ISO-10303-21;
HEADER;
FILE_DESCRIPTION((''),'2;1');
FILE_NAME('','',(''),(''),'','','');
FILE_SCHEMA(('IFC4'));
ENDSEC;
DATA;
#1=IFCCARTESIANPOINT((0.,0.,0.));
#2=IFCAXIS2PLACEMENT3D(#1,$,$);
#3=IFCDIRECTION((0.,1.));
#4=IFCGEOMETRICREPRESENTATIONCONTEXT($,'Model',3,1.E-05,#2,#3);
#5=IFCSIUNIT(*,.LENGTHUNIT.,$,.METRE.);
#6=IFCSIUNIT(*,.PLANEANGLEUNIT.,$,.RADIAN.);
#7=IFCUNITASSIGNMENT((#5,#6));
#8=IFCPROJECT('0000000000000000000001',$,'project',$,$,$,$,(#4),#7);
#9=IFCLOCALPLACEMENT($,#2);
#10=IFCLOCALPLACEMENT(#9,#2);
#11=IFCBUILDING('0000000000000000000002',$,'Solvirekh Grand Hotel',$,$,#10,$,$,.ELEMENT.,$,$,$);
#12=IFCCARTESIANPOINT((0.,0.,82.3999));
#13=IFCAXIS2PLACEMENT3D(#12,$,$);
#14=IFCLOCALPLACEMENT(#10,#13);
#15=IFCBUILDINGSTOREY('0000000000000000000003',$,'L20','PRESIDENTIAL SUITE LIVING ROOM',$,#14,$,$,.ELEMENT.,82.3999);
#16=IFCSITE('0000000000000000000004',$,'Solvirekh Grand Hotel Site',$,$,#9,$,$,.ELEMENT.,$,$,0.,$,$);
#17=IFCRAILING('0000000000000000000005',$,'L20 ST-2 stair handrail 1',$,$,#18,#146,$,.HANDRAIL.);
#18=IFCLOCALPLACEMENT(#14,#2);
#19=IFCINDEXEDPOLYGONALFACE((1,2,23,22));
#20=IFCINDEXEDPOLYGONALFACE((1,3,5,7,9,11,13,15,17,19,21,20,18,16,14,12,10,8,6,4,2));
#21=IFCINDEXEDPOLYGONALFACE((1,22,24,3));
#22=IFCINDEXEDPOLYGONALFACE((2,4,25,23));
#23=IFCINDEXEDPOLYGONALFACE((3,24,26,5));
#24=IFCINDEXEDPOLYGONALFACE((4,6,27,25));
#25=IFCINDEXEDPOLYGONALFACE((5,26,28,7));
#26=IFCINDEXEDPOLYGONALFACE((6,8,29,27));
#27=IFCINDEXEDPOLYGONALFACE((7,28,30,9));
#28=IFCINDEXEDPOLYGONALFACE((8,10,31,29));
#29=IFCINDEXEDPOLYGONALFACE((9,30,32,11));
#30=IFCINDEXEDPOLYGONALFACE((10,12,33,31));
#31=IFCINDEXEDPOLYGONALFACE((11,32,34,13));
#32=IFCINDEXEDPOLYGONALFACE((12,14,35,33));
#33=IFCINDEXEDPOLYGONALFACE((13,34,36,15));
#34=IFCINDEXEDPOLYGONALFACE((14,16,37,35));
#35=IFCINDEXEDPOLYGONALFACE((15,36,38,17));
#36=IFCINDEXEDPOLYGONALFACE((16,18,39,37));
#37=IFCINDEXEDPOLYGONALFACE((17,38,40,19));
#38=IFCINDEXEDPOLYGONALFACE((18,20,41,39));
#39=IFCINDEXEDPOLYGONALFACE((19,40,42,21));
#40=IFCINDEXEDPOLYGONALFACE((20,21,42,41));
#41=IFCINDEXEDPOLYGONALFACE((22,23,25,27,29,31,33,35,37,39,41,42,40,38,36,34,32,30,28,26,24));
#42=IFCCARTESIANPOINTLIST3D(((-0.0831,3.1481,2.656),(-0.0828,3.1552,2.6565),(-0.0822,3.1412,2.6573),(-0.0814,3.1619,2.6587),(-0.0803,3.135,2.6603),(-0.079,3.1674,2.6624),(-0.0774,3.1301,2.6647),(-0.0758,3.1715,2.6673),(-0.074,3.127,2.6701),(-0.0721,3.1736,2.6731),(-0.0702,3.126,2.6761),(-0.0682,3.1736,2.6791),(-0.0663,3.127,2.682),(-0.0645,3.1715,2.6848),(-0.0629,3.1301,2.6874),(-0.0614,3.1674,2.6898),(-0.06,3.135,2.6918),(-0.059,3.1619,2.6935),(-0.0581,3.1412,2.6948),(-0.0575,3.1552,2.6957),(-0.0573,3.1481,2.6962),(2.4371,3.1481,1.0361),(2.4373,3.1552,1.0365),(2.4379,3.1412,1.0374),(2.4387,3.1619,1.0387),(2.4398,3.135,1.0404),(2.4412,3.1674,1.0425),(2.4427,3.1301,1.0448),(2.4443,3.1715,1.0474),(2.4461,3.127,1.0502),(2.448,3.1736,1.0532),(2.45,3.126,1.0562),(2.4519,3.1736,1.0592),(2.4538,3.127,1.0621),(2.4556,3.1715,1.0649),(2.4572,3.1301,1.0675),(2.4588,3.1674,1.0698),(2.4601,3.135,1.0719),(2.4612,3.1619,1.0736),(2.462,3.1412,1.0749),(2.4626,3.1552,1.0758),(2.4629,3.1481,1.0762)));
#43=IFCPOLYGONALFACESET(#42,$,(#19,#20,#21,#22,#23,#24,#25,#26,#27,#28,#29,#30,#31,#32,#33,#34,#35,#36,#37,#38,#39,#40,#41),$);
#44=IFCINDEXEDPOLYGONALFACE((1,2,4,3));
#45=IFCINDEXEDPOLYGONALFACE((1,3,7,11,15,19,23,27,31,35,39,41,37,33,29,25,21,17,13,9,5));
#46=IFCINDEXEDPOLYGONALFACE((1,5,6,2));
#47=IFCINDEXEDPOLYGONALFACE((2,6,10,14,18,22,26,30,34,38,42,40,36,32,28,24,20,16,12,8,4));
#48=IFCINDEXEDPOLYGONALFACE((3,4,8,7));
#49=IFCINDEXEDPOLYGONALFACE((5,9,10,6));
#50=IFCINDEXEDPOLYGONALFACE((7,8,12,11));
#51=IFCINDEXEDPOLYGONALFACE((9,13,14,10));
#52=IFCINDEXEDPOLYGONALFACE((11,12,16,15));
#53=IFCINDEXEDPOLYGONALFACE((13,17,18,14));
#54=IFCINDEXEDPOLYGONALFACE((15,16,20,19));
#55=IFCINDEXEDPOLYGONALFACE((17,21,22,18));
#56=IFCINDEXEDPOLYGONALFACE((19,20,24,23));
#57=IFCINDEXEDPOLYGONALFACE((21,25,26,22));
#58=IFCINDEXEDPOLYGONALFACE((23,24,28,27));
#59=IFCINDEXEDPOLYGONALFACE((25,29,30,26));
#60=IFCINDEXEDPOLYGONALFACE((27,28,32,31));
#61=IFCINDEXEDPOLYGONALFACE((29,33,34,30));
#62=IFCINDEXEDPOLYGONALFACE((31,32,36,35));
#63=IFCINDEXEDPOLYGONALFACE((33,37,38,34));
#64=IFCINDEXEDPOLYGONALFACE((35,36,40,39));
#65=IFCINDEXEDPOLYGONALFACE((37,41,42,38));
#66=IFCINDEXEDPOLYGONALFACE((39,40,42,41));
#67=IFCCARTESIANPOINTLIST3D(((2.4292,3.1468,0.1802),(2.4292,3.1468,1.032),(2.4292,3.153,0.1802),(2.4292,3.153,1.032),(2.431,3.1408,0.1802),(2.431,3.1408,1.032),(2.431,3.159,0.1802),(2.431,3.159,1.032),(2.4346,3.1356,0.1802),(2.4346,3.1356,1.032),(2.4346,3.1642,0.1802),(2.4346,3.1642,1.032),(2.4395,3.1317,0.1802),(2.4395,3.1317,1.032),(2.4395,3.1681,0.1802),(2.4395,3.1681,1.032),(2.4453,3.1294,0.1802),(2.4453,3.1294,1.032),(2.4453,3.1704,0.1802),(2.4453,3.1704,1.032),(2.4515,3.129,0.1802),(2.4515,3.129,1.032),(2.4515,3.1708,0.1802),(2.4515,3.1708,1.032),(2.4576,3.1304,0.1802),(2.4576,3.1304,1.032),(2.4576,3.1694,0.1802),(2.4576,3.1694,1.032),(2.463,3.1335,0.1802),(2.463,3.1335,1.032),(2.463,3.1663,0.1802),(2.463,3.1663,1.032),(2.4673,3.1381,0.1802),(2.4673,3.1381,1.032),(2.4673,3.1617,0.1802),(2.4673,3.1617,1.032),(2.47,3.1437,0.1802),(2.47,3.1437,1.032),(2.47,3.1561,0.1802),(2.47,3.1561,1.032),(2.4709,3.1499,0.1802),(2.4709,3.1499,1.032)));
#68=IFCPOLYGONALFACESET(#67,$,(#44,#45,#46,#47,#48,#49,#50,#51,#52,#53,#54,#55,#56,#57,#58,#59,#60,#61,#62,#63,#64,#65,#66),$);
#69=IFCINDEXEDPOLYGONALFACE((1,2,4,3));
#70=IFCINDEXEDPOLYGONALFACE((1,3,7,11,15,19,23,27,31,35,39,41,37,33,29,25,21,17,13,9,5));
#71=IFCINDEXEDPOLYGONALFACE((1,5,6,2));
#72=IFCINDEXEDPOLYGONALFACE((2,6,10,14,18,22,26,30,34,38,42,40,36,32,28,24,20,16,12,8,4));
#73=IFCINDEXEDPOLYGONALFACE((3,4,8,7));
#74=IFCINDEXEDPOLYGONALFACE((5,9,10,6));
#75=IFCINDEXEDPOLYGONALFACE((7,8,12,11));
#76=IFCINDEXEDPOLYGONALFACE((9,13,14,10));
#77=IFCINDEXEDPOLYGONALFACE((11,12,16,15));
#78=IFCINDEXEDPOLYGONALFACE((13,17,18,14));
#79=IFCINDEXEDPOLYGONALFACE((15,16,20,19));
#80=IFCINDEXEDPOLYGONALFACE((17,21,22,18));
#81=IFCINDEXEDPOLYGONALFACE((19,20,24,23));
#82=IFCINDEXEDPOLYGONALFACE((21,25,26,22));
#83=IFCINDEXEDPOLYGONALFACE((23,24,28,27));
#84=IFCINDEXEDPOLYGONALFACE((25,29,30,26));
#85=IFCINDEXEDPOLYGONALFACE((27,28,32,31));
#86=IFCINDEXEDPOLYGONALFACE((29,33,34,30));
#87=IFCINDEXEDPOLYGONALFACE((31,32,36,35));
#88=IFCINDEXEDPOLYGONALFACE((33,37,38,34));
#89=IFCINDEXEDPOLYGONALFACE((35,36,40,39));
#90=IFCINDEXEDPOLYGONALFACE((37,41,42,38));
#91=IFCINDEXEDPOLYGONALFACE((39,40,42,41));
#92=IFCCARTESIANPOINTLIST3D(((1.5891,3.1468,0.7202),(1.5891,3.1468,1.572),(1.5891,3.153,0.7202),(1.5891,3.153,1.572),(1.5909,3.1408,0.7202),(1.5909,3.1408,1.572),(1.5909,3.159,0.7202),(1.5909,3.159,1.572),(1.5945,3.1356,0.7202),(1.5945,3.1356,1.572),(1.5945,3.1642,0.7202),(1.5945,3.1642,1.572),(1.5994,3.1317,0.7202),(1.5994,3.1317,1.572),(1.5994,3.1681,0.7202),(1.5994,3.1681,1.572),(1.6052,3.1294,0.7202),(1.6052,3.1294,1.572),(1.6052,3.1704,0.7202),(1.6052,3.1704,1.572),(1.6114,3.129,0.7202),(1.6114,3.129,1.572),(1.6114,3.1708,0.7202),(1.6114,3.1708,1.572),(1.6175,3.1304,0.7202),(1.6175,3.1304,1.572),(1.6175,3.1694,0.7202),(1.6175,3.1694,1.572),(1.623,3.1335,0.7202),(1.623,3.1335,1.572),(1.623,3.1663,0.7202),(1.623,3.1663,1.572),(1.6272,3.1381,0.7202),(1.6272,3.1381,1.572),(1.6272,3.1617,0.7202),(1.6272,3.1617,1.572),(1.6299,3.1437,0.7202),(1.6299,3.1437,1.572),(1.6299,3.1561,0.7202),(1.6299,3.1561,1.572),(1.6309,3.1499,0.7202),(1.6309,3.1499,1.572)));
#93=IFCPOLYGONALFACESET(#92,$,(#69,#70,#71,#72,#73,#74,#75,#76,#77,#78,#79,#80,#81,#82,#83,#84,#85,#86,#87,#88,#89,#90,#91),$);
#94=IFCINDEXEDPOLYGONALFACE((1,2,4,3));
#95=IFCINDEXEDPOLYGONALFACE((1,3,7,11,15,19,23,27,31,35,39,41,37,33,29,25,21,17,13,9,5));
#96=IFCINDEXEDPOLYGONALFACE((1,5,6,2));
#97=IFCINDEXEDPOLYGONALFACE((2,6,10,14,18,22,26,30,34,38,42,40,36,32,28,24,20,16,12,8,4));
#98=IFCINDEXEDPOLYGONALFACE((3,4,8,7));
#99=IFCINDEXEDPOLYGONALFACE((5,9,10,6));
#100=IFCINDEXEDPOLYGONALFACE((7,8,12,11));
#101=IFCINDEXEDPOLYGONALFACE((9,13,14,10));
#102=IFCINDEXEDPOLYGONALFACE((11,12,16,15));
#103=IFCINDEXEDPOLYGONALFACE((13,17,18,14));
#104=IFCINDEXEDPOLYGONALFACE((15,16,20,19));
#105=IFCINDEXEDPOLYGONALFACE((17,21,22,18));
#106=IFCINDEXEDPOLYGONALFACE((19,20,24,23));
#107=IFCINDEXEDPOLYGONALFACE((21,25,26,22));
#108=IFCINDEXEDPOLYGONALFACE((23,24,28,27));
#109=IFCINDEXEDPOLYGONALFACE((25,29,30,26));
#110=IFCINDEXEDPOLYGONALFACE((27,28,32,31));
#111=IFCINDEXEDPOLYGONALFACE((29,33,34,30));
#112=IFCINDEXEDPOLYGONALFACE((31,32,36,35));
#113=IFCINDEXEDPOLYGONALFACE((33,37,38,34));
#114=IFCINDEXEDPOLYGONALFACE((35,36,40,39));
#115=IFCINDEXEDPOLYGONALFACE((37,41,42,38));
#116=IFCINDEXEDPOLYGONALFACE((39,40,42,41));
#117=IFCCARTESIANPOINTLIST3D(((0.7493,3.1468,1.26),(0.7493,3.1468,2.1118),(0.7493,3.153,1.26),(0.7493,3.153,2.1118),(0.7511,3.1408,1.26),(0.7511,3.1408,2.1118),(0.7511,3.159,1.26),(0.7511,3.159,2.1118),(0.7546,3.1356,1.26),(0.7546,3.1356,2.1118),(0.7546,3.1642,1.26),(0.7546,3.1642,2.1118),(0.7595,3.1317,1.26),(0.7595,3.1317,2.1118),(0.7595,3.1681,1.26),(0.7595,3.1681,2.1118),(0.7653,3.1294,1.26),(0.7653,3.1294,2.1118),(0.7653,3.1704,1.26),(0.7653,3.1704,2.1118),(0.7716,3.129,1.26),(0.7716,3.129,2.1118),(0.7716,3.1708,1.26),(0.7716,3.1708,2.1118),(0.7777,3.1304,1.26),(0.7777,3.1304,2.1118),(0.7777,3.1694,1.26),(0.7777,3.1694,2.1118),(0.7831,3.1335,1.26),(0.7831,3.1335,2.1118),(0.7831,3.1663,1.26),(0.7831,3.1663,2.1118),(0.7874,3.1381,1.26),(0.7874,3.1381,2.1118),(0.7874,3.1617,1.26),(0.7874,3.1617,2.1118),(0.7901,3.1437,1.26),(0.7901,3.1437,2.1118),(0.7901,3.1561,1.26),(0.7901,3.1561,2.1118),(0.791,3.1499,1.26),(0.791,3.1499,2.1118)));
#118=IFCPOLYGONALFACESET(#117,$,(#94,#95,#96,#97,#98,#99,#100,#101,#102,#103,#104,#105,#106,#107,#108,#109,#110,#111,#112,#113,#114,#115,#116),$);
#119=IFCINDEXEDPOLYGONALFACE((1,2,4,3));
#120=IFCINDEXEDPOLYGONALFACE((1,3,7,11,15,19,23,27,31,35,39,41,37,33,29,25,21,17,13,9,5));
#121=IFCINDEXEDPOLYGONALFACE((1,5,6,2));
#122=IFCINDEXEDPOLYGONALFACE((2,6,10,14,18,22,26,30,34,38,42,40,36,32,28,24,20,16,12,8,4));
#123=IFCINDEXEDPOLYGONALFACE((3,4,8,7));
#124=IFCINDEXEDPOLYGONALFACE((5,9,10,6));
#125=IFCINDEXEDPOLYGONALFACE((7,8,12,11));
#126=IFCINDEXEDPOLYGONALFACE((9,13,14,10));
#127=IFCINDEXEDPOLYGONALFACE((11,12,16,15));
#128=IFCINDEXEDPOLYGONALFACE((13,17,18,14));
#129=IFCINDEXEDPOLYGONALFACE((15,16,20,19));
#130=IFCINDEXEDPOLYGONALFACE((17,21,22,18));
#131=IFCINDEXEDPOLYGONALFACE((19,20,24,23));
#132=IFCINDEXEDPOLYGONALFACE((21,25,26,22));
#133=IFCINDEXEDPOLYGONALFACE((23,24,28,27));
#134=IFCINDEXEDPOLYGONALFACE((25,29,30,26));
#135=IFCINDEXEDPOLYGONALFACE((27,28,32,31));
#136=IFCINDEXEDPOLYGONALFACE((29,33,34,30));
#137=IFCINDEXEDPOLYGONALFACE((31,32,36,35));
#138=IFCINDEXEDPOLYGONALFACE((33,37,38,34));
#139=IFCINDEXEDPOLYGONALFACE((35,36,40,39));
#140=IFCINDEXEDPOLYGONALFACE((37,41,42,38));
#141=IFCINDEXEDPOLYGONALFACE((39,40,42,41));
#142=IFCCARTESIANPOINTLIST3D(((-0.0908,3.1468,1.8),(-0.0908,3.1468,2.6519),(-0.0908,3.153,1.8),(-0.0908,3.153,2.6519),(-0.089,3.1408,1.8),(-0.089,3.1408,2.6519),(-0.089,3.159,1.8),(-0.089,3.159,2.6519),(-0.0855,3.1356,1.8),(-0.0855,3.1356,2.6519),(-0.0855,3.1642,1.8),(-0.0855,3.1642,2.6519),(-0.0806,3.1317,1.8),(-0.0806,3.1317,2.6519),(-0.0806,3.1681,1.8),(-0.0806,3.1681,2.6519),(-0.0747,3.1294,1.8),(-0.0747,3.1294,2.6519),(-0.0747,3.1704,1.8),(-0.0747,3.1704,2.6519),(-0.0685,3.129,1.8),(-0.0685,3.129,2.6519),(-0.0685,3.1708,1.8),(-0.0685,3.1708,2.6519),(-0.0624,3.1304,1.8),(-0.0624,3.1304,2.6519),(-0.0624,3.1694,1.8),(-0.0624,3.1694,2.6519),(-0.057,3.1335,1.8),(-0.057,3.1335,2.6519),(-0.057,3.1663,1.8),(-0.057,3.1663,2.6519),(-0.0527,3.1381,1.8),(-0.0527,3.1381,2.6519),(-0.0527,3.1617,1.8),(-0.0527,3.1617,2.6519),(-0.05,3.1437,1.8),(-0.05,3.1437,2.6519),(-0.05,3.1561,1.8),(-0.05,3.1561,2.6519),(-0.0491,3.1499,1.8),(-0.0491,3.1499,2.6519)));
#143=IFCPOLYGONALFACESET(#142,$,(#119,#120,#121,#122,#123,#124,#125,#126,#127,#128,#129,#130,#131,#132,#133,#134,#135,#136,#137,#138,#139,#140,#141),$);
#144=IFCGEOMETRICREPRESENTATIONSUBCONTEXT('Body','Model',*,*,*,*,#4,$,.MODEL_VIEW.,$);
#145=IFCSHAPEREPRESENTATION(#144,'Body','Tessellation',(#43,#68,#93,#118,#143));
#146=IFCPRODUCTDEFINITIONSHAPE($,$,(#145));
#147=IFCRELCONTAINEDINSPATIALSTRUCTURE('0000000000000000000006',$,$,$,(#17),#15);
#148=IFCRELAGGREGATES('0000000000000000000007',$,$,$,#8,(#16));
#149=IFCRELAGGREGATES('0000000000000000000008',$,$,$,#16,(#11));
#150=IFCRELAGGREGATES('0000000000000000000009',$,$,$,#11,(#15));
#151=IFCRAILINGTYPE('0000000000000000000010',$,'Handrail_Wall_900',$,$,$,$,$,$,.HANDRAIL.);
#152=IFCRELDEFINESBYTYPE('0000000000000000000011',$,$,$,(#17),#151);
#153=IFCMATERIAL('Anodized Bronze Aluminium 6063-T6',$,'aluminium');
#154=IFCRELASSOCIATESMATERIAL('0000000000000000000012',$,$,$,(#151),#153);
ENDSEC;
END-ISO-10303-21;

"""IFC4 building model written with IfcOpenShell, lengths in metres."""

from ifc_helpers import new_model, si_unit, direction, frame, origin, origin_2d, place, context, subcontext, project, spatial, circle, extrude, material, type_object, element, save


model = new_model("IFC4")

# Units and contexts
model_context = context("Model", 3, precision=1e-05, world=origin(), true_north=direction((0.0, 1.0)))
body_context = subcontext(model_context, "Body", "Model", "MODEL_VIEW")
ifc_project = project(units=[si_unit("LENGTHUNIT", "METRE"), si_unit("PLANEANGLEUNIT", "RADIAN")], contexts=[model_context])

# Site, building, storey
site_placement = place(None, origin())
site = spatial("IfcSite", under=ifc_project, at=site_placement, Name="Solvirekh Grand Hotel Site", CompositionType="ELEMENT", RefElevation=0.0)
building_placement = place(site_placement, origin())
building = spatial("IfcBuilding", under=site, at=building_placement, Name="Solvirekh Grand Hotel", CompositionType="ELEMENT")
storey_placement = place(building_placement, frame((0.0, 0.0, 82.3999)))
storey = spatial("IfcBuildingStorey", under=building, at=storey_placement, Name="L20", Description="PRESIDENTIAL SUITE LIVING ROOM", CompositionType="ELEMENT", Elevation=82.3999)

# Shared definitions
ifc_material_1 = material(Name="Anodized Bronze Aluminium 6063-T6", Category="aluminium")

# Railing
railing_type_1 = type_object("IfcRailingType", Name="Handrail_Wall_900", PredefinedType="HANDRAIL", material=ifc_material_1)
railing_1_placement = place(storey_placement, frame((2.45, 3.1499, 0.1802)))
element("IfcRailing", 1, at=railing_1_placement, inside=storey, type_object=railing_type_1, Name="L20 ST-2 stair handrail 1", PredefinedType="HANDRAIL", context=body_context, shape_type="SweptSolid", body=[
    extrude(circle(Radius=0.0239, at=origin_2d()), frame((0.0, 0.0, 0.876), z_axis=(-0.8412, 0.0, 0.540725), x_axis=(0.0, -1.0, 0.0)), (0.0, 0.0, 1.0), 2.9958),
    extrude(circle(Radius=0.021, at=origin_2d()), origin(), (0.0, 0.0, 1.0), 0.8518),
    extrude(circle(Radius=0.021, at=origin_2d()), frame((-0.8401, 0.0, 0.54)), (0.0, 0.0, 1.0), 0.8518),
    extrude(circle(Radius=0.021, at=origin_2d()), frame((-1.6799, 0.0, 1.0798)), (0.0, 0.0, 1.0), 0.8518),
    extrude(circle(Radius=0.021, at=origin_2d()), frame((-2.52, 0.0, 1.6199)), (0.0, 0.0, 1.0), 0.8518),
])

save(model, "model.ifc")
